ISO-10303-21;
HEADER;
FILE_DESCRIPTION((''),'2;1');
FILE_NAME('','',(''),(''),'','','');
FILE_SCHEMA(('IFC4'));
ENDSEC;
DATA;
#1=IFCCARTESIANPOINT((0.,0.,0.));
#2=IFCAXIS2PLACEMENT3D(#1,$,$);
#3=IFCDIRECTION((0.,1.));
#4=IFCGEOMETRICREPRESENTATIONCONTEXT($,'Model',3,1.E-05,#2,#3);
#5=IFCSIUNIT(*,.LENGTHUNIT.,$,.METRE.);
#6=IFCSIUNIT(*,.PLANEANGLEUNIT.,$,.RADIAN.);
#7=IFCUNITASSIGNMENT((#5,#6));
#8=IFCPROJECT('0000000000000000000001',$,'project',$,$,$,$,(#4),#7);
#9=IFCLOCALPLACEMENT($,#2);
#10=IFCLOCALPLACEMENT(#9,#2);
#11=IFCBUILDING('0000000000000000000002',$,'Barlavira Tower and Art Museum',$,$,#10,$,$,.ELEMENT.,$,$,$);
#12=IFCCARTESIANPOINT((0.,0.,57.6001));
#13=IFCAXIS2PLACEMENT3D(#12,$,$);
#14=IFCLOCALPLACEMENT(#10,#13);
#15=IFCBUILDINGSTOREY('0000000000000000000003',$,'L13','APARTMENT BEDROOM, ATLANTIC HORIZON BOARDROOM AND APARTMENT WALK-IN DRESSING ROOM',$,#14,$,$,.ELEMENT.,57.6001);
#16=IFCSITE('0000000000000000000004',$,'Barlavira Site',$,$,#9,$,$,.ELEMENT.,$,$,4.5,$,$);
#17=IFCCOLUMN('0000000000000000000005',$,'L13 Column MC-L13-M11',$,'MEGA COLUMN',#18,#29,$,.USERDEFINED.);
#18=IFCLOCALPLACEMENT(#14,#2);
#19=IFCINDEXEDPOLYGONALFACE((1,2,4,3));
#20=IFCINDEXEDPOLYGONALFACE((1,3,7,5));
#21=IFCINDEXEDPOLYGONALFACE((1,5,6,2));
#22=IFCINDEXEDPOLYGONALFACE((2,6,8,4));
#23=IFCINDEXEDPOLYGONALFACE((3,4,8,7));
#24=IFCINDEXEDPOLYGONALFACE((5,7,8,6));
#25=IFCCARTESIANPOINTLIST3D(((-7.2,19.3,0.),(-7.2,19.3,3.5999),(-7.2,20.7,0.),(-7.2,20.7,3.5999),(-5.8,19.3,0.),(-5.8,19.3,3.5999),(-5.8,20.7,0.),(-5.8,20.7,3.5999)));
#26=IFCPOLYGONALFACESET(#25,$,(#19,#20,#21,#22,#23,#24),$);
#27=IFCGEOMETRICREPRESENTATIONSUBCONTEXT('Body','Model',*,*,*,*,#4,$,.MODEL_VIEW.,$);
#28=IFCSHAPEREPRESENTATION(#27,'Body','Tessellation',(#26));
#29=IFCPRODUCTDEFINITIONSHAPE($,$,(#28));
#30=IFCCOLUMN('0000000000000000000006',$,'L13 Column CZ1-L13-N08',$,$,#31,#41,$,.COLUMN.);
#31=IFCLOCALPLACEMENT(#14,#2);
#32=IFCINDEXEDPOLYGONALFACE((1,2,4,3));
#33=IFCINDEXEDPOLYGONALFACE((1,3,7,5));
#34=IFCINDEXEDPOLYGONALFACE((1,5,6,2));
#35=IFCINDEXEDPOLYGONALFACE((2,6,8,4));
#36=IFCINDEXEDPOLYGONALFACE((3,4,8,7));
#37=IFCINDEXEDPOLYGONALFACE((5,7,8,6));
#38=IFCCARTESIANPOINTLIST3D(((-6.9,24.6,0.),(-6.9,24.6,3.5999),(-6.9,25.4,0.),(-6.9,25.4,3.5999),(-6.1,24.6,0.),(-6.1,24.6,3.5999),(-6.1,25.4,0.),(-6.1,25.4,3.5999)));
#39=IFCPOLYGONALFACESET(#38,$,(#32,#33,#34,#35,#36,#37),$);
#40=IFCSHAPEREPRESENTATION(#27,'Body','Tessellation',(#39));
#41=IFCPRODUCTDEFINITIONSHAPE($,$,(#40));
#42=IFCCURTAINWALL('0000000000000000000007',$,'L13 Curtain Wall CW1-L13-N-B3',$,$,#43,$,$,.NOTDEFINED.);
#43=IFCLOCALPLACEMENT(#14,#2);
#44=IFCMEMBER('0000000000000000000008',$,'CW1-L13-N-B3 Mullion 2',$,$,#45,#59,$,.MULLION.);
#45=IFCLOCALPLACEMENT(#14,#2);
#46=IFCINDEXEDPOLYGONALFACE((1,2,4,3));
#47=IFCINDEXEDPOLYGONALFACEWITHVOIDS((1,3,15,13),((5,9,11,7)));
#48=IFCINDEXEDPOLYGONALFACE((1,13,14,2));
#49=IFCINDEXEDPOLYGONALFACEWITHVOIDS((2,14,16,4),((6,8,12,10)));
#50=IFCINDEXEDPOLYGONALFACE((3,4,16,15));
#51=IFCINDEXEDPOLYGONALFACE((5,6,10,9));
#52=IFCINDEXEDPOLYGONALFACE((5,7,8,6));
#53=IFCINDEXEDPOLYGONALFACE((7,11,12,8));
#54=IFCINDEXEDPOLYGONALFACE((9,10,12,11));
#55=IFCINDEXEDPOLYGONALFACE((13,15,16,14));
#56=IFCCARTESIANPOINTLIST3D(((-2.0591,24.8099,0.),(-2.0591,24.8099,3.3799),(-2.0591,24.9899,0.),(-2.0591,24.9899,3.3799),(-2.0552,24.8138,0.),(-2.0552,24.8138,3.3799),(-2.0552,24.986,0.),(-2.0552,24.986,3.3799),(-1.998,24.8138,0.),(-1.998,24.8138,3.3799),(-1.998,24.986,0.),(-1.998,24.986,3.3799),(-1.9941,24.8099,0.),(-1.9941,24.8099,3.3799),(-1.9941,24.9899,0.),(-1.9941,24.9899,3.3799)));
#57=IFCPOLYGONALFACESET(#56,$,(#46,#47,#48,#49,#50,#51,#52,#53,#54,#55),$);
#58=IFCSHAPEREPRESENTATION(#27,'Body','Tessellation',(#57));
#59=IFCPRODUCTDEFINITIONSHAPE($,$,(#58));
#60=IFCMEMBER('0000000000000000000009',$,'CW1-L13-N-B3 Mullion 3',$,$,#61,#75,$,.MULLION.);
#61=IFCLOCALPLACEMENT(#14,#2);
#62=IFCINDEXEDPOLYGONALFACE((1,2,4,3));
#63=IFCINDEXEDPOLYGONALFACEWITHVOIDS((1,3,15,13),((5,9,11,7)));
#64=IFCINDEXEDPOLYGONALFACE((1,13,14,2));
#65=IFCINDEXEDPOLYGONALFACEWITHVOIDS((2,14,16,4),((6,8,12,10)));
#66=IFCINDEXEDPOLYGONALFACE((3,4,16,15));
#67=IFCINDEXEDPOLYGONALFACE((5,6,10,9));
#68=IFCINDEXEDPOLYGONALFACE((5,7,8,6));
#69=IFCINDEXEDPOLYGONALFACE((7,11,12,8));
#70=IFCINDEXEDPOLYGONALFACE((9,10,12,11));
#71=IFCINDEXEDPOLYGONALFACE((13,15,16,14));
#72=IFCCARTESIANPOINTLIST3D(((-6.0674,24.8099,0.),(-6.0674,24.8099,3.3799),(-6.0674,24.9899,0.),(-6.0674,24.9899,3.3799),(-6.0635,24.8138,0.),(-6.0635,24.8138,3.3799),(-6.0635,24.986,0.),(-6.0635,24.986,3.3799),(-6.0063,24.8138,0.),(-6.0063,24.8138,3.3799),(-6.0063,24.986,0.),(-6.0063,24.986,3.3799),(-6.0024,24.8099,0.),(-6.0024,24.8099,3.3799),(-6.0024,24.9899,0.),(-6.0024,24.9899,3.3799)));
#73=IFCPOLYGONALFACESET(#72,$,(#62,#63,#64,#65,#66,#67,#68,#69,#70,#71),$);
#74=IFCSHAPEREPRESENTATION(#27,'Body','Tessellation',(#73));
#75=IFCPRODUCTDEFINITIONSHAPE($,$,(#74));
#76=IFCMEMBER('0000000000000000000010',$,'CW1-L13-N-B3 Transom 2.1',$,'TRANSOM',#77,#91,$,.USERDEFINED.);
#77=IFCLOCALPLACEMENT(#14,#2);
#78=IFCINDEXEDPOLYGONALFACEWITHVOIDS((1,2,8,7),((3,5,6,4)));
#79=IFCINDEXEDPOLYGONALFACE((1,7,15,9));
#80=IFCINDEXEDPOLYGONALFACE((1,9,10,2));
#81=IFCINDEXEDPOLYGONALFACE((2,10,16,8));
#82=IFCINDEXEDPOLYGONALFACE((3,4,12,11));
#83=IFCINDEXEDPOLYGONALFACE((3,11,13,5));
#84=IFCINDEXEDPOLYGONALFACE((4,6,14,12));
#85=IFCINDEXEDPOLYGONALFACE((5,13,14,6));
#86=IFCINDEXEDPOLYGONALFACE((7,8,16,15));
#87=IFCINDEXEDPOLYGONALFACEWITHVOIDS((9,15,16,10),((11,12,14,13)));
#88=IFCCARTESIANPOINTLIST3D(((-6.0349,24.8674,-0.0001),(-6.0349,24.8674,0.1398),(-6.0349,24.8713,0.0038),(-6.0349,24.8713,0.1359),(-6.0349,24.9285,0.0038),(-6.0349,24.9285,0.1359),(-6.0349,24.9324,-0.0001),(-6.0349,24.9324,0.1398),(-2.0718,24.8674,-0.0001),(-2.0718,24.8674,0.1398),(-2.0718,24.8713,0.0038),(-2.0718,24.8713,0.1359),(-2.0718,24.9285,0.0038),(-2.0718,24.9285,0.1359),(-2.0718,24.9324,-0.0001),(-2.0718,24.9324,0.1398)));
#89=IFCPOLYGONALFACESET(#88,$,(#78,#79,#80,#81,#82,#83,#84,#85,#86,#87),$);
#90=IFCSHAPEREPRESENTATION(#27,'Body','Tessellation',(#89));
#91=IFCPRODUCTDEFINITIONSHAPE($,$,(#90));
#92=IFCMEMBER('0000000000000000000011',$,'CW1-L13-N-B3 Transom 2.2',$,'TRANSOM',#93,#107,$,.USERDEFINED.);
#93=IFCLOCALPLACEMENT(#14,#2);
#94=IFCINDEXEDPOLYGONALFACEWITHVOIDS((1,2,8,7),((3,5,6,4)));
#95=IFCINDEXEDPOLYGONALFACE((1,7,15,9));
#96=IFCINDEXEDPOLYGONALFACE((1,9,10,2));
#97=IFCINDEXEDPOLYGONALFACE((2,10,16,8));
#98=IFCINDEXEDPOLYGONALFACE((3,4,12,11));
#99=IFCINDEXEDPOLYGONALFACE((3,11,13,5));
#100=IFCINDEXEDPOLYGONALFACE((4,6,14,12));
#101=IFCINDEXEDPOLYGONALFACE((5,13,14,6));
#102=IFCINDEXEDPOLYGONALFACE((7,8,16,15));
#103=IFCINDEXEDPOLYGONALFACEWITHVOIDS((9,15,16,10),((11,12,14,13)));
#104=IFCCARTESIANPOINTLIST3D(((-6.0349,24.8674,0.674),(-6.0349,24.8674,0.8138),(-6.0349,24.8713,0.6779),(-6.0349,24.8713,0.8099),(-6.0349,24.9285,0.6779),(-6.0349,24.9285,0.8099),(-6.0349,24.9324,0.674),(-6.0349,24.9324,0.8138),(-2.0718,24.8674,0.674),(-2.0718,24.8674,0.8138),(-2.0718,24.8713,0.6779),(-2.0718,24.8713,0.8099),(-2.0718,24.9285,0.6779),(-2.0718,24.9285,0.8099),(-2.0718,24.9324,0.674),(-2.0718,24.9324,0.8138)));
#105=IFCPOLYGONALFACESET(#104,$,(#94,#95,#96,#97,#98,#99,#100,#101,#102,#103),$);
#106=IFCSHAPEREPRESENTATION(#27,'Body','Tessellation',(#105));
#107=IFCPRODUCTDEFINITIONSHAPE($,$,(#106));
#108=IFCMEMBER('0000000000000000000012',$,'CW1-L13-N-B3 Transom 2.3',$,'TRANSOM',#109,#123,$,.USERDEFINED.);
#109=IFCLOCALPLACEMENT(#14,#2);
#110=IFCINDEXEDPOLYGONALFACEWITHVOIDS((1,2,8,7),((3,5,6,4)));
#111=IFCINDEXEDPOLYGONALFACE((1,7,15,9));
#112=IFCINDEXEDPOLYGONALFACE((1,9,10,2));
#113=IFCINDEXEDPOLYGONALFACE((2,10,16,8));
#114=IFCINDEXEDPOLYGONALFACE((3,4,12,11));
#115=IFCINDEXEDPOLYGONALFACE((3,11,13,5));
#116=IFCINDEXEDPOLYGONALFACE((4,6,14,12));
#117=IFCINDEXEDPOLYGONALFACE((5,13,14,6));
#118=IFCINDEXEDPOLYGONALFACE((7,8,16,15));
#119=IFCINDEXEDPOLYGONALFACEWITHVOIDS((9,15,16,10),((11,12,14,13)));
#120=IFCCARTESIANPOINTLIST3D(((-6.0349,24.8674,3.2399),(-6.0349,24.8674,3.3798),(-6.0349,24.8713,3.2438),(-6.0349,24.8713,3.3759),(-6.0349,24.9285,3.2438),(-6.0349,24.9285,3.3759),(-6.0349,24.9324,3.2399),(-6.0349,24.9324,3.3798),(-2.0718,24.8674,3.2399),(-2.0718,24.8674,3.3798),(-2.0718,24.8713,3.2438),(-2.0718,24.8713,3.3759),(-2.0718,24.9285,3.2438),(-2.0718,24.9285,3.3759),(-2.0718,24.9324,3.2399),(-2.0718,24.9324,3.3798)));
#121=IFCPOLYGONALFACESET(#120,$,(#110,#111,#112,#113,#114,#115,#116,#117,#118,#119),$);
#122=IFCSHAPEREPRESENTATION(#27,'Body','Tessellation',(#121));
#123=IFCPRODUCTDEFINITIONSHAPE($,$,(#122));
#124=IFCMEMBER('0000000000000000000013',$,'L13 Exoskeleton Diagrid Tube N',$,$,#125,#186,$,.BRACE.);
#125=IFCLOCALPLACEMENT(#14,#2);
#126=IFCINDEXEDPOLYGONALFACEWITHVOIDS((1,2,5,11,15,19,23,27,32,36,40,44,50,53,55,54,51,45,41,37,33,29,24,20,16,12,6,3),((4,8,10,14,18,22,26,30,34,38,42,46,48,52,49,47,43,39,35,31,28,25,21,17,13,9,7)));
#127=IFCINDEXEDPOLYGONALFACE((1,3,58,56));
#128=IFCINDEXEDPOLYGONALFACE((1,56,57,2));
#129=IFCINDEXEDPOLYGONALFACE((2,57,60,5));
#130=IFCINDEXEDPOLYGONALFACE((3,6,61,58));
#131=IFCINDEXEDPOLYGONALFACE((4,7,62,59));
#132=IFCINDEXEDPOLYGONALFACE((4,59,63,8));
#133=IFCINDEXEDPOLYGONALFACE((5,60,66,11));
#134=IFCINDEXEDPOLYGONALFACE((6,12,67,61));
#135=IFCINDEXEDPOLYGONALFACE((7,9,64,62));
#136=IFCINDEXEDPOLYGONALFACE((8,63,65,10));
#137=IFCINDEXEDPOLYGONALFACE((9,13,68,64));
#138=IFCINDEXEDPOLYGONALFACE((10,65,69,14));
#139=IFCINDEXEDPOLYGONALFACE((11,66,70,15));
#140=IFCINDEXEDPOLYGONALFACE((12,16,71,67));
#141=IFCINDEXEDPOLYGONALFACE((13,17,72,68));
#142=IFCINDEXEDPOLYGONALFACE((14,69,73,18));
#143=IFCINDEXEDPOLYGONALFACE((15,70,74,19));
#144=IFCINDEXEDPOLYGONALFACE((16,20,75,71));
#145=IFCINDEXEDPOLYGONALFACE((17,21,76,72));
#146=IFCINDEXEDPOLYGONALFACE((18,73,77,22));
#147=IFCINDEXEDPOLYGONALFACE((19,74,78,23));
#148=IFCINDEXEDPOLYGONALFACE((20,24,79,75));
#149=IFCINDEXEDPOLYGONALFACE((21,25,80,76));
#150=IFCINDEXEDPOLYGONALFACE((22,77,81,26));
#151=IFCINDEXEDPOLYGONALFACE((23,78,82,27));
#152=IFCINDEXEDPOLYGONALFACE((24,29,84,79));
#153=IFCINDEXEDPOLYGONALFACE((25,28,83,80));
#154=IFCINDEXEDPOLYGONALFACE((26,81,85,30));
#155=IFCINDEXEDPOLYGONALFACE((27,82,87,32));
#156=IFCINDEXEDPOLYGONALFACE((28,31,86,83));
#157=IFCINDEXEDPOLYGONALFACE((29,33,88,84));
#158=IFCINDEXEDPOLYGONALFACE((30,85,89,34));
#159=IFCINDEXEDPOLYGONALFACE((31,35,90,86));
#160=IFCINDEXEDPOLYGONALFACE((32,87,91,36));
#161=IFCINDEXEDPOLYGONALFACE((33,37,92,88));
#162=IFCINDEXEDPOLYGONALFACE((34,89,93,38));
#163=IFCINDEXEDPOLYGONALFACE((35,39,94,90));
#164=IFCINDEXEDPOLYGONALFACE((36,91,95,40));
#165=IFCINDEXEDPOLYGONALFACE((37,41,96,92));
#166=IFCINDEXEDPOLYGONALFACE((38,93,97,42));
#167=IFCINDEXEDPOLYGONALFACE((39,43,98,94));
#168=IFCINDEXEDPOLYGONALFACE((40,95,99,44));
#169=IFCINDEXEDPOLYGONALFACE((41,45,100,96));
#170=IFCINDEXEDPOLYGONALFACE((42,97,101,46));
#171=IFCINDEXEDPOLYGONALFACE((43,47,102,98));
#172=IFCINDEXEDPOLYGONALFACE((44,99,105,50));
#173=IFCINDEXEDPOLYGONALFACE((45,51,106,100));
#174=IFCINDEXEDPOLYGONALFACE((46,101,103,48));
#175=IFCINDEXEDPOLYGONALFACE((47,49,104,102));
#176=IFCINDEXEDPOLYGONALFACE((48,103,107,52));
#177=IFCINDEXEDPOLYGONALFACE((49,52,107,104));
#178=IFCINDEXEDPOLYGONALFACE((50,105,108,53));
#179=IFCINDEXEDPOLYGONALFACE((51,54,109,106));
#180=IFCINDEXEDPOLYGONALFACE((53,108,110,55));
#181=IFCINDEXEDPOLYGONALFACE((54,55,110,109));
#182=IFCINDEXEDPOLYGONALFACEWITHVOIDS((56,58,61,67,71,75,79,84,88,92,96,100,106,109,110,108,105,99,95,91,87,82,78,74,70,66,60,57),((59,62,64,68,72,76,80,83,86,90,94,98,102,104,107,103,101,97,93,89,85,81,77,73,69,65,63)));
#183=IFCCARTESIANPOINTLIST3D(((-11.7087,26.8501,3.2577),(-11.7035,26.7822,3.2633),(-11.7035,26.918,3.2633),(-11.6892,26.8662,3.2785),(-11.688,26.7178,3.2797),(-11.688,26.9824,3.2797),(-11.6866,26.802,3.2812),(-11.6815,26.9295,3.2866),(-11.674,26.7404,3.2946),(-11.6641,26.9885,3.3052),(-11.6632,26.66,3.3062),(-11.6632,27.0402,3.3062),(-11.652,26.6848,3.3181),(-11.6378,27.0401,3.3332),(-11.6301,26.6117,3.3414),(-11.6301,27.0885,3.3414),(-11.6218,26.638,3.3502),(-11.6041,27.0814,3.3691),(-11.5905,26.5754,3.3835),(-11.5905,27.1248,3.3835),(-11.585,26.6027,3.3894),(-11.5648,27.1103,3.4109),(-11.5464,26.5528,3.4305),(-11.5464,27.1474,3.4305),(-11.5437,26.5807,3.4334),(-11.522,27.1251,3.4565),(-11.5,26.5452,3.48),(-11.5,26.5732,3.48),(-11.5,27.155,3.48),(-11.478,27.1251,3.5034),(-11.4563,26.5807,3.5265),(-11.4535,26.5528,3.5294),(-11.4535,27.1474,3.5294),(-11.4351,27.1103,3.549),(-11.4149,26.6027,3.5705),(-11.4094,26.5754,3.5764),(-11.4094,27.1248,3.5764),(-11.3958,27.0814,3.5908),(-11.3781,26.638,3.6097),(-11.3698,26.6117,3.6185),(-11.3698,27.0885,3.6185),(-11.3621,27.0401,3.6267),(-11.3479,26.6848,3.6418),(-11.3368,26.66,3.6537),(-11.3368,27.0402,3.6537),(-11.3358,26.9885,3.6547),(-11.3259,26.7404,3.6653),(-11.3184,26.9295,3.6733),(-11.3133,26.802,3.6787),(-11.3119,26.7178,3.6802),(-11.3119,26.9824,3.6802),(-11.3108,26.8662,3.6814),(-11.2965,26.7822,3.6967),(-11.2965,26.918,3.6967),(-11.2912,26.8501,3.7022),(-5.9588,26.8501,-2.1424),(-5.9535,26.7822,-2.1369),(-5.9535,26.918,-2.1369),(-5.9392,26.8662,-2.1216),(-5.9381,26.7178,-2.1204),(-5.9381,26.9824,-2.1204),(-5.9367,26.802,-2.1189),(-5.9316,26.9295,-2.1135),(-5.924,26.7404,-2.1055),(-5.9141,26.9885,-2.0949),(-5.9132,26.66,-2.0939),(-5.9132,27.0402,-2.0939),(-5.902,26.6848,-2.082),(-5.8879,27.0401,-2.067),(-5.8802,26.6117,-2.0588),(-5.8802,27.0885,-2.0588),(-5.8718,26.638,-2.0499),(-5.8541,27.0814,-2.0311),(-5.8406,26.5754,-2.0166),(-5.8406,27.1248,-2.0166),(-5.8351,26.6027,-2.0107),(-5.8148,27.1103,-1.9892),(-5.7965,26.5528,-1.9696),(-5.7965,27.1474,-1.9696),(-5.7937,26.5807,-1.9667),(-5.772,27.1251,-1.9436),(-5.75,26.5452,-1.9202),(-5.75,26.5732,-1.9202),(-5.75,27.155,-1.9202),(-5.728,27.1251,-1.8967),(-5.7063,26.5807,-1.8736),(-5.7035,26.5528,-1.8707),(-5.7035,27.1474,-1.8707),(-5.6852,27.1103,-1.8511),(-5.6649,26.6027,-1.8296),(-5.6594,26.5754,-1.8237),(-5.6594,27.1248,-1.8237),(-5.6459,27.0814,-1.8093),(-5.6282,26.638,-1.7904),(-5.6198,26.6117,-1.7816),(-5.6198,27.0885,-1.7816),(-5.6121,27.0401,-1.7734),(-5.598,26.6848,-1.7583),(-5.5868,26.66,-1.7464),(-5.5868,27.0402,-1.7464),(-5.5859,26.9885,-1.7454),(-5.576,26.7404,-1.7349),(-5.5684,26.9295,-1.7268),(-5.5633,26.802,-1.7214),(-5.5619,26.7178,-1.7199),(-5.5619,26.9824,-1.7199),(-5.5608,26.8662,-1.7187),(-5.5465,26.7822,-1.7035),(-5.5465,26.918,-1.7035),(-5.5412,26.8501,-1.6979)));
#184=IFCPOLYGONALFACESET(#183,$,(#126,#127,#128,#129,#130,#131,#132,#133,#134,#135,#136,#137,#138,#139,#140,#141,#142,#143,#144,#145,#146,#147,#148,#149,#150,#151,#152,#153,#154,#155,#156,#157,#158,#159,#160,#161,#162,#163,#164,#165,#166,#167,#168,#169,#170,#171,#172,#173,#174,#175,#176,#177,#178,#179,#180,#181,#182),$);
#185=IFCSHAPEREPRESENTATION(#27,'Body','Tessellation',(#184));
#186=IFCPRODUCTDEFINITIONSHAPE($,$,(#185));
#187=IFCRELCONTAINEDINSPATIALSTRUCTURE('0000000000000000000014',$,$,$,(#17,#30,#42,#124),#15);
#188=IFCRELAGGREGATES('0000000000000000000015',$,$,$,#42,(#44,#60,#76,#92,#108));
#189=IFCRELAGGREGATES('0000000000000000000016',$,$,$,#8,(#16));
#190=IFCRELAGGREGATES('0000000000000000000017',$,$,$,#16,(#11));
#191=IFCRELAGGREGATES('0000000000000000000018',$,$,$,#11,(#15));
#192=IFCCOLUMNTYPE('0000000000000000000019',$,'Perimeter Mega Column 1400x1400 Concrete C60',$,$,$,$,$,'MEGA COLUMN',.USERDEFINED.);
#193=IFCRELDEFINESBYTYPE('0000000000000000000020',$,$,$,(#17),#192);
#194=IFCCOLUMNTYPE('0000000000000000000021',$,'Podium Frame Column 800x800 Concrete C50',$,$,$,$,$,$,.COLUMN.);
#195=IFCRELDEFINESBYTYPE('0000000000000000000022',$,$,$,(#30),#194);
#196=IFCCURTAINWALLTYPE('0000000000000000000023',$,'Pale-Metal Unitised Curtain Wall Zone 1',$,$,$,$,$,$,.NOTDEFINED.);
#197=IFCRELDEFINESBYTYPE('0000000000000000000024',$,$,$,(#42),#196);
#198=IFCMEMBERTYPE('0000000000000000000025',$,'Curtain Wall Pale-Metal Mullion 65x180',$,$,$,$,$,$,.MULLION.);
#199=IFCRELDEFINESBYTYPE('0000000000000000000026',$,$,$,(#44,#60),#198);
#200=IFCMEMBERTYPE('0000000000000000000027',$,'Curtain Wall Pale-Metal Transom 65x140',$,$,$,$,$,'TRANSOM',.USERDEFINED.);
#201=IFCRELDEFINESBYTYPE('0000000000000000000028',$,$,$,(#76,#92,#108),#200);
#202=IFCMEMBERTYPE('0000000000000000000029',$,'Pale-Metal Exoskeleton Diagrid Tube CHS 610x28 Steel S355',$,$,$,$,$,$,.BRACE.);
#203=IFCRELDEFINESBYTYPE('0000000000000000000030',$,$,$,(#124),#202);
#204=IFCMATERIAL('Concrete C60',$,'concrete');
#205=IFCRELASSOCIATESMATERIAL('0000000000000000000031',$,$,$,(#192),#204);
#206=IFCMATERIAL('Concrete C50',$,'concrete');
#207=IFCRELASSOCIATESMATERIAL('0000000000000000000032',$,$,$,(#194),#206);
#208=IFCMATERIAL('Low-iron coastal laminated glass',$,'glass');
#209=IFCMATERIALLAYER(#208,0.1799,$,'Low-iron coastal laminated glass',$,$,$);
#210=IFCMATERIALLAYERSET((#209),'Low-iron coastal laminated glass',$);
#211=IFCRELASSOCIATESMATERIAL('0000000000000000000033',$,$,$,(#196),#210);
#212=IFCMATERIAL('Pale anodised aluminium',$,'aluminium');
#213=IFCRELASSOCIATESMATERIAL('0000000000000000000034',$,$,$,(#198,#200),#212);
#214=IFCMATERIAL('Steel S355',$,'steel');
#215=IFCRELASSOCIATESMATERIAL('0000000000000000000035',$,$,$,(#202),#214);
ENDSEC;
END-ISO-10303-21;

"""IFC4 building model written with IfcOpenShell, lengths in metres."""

from ifc_helpers import new_model, si_unit, direction, frame, origin, origin_2d, place, context, subcontext, project, spatial, rectangle, hollow_rectangle, hollow_circle, extrude, material, layer, layer_set, material_profile, profile_set, type_object, element, aggregate, save


model = new_model("IFC4")

# Units and contexts
model_context = context("Model", 3, precision=1e-05, world=origin(), true_north=direction((0.0, 1.0)))
body_context = subcontext(model_context, "Body", "Model", "MODEL_VIEW")
ifc_project = project(units=[si_unit("LENGTHUNIT", "METRE"), si_unit("PLANEANGLEUNIT", "RADIAN")], contexts=[model_context])

# Site, building, storey
site_placement = place(None, origin())
site = spatial("IfcSite", under=ifc_project, at=site_placement, Name="Barlavira Site", CompositionType="ELEMENT", RefElevation=4.5)
building_placement = place(site_placement, origin())
building = spatial("IfcBuilding", under=site, at=building_placement, Name="Barlavira Tower and Art Museum", CompositionType="ELEMENT")
storey_placement = place(building_placement, frame((0.0, 0.0, 57.6001)))
storey = spatial("IfcBuildingStorey", under=building, at=storey_placement, Name="L13", Description="APARTMENT BEDROOM, ATLANTIC HORIZON BOARDROOM AND APARTMENT WALK-IN DRESSING ROOM", CompositionType="ELEMENT", Elevation=57.6001)

# Columns
ifc_material_1 = material(Name="Concrete C60", Category="concrete")
ifc_material_profile_1 = material_profile(ifc_material_1, rectangle(XDim=1.3999, YDim=1.3999, at=origin_2d()), Name="RC-MCOL 1400x1400")
ifc_profile_set_1 = profile_set([ifc_material_profile_1], Name="Concrete C60")
column_type_1 = type_object("IfcColumnType", Name="Perimeter Mega Column 1400x1400 Concrete C60", ElementType="MEGA COLUMN", PredefinedType="USERDEFINED", material=ifc_profile_set_1)
column_1_placement = place(storey_placement, frame((-6.5, 20.0, 0.0), z_axis=(0.0, 0.0, 1.0), x_axis=(1.0, 0.0, 0.0)))
element("IfcColumn", 1, at=column_1_placement, inside=storey, type_object=column_type_1, Name="L13 Column MC-L13-M11", ObjectType="MEGA COLUMN", PredefinedType="USERDEFINED", context=body_context, shape_type="SweptSolid", body=[
    extrude(rectangle(XDim=1.3999, YDim=1.3999, at=origin_2d()), origin(), (0.0, 0.0, 1.0), 3.5999),
])
ifc_material_2 = material(Name="Concrete C50", Category="concrete")
ifc_material_profile_2 = material_profile(ifc_material_2, rectangle(XDim=0.8, YDim=0.8, at=origin_2d()), Name="RC-COL 800x800")
ifc_profile_set_2 = profile_set([ifc_material_profile_2], Name="Concrete C50")
column_type_2 = type_object("IfcColumnType", Name="Podium Frame Column 800x800 Concrete C50", PredefinedType="COLUMN", material=ifc_profile_set_2)
column_2_placement = place(storey_placement, frame((-6.5, 25.0, 0.0), z_axis=(0.0, 0.0, 1.0), x_axis=(1.0, 0.0, 0.0)))
element("IfcColumn", 2, at=column_2_placement, inside=storey, type_object=column_type_2, Name="L13 Column CZ1-L13-N08", PredefinedType="COLUMN", context=body_context, shape_type="SweptSolid", body=[
    extrude(rectangle(XDim=0.8, YDim=0.8, at=origin_2d()), origin(), (0.0, 0.0, 1.0), 3.5999),
])

# Curtain wall, members
ifc_material_3 = material(Name="Low-iron coastal laminated glass", Category="glass")
ifc_layer_1 = layer(ifc_material_3, 0.1799, Name="Low-iron coastal laminated glass")
ifc_layer_set_1 = layer_set([ifc_layer_1], Name="Low-iron coastal laminated glass")
curtain_wall_type = type_object("IfcCurtainWallType", Name="Pale-Metal Unitised Curtain Wall Zone 1", PredefinedType="NOTDEFINED", material=ifc_layer_set_1)
curtain_wall_placement = place(storey_placement, origin())
curtain_wall = element("IfcCurtainWall", 3, at=curtain_wall_placement, inside=storey, type_object=curtain_wall_type, Name="L13 Curtain Wall CW1-L13-N-B3", PredefinedType="NOTDEFINED")
ifc_material_4 = material(Name="Pale anodised aluminium", Category="aluminium")
ifc_material_profile_3 = material_profile(ifc_material_4, hollow_rectangle(XDim=0.0649, YDim=0.1799, WallThickness=0.0039, at=origin_2d()), Name="ALU-MULL 65x180x4")
ifc_profile_set_3 = profile_set([ifc_material_profile_3], Name="Pale anodised aluminium")
member_type_1 = type_object("IfcMemberType", Name="Curtain Wall Pale-Metal Mullion 65x180", PredefinedType="MULLION", material=ifc_profile_set_3)
member_1_placement = place(storey_placement, frame((-2.0266, 24.8999, 0.0), z_axis=(0.0, 0.0, 1.0), x_axis=(-1.0, 0.0, 0.0)))
member_1 = element("IfcMember", 4, at=member_1_placement, type_object=member_type_1, Name="CW1-L13-N-B3 Mullion 2", PredefinedType="MULLION", context=body_context, shape_type="SweptSolid", body=[
    extrude(hollow_rectangle(XDim=0.0649, YDim=0.1799, WallThickness=0.0039, at=origin_2d()), origin(), (0.0, 0.0, 1.0), 3.3799),
])
member_2_placement = place(storey_placement, frame((-6.0349, 24.8999, 0.0), z_axis=(0.0, 0.0, 1.0), x_axis=(-1.0, 0.0, 0.0)))
member_2 = element("IfcMember", 5, at=member_2_placement, type_object=member_type_1, Name="CW1-L13-N-B3 Mullion 3", PredefinedType="MULLION", context=body_context, shape_type="SweptSolid", body=[
    extrude(hollow_rectangle(XDim=0.0649, YDim=0.1799, WallThickness=0.0039, at=origin_2d()), origin(), (0.0, 0.0, 1.0), 3.3799),
])
ifc_material_profile_4 = material_profile(ifc_material_4, hollow_rectangle(XDim=0.0649, YDim=0.1399, WallThickness=0.0039, at=origin_2d()), Name="ALU-TRAN 65x140x4")
ifc_profile_set_4 = profile_set([ifc_material_profile_4], Name="Pale anodised aluminium")
member_type_2 = type_object("IfcMemberType", Name="Curtain Wall Pale-Metal Transom 65x140", ElementType="TRANSOM", PredefinedType="USERDEFINED", material=ifc_profile_set_4)
member_3_placement = place(storey_placement, frame((-2.0718, 24.8999, 0.0698), z_axis=(-1.0, 0.0, 0.0), x_axis=(0.0, -1.0, 0.0)))
member_3 = element("IfcMember", 6, at=member_3_placement, type_object=member_type_2, Name="CW1-L13-N-B3 Transom 2.1", ObjectType="TRANSOM", PredefinedType="USERDEFINED", context=body_context, shape_type="SweptSolid", body=[
    extrude(hollow_rectangle(XDim=0.0649, YDim=0.1399, WallThickness=0.0039, at=origin_2d()), origin(), (0.0, 0.0, 1.0), 3.9631),
])
member_4_placement = place(storey_placement, frame((-2.0718, 24.8999, 0.7439), z_axis=(-1.0, 0.0, 0.0), x_axis=(0.0, -1.0, 0.0)))
member_4 = element("IfcMember", 7, at=member_4_placement, type_object=member_type_2, Name="CW1-L13-N-B3 Transom 2.2", ObjectType="TRANSOM", PredefinedType="USERDEFINED", context=body_context, shape_type="SweptSolid", body=[
    extrude(hollow_rectangle(XDim=0.0649, YDim=0.1399, WallThickness=0.0039, at=origin_2d()), origin(), (0.0, 0.0, 1.0), 3.9631),
])
member_5_placement = place(storey_placement, frame((-2.0718, 24.8999, 3.3098), z_axis=(-1.0, 0.0, 0.0), x_axis=(0.0, -1.0, 0.0)))
member_5 = element("IfcMember", 8, at=member_5_placement, type_object=member_type_2, Name="CW1-L13-N-B3 Transom 2.3", ObjectType="TRANSOM", PredefinedType="USERDEFINED", context=body_context, shape_type="SweptSolid", body=[
    extrude(hollow_rectangle(XDim=0.0649, YDim=0.1399, WallThickness=0.0039, at=origin_2d()), origin(), (0.0, 0.0, 1.0), 3.9631),
])

# Member
ifc_material_5 = material(Name="Steel S355", Category="steel")
ifc_material_profile_5 = material_profile(ifc_material_5, hollow_circle(Radius=0.3049, WallThickness=0.0281, at=origin_2d()), Name="CHS 610.0x28.0")
ifc_profile_set_5 = profile_set([ifc_material_profile_5], Name="Steel S355")
member_type_3 = type_object("IfcMemberType", Name="Pale-Metal Exoskeleton Diagrid Tube CHS 610x28 Steel S355", PredefinedType="BRACE", material=ifc_profile_set_5)
for number, where, z_axis, x_axis, name in (
    (9, (-5.75, 26.8501, -1.9202), (-0.728935, 0.0, 0.684583), (0.0, -1.0, 0.0), "L13 Exoskeleton Diagrid Tube N"),
):
    element("IfcMember", number, at=place(storey_placement, frame(where, z_axis=z_axis, x_axis=x_axis)), inside=storey, type_object=member_type_3, Name=name, PredefinedType="BRACE", context=body_context, shape_type="SweptSolid", body=[
        extrude(hollow_circle(Radius=0.3049, WallThickness=0.0281, at=origin_2d()), origin(), (0.0, 0.0, 1.0), 7.8882),
    ])

aggregate(curtain_wall, [member_1, member_2, member_3, member_4, member_5])

save(model, "model.ifc")
